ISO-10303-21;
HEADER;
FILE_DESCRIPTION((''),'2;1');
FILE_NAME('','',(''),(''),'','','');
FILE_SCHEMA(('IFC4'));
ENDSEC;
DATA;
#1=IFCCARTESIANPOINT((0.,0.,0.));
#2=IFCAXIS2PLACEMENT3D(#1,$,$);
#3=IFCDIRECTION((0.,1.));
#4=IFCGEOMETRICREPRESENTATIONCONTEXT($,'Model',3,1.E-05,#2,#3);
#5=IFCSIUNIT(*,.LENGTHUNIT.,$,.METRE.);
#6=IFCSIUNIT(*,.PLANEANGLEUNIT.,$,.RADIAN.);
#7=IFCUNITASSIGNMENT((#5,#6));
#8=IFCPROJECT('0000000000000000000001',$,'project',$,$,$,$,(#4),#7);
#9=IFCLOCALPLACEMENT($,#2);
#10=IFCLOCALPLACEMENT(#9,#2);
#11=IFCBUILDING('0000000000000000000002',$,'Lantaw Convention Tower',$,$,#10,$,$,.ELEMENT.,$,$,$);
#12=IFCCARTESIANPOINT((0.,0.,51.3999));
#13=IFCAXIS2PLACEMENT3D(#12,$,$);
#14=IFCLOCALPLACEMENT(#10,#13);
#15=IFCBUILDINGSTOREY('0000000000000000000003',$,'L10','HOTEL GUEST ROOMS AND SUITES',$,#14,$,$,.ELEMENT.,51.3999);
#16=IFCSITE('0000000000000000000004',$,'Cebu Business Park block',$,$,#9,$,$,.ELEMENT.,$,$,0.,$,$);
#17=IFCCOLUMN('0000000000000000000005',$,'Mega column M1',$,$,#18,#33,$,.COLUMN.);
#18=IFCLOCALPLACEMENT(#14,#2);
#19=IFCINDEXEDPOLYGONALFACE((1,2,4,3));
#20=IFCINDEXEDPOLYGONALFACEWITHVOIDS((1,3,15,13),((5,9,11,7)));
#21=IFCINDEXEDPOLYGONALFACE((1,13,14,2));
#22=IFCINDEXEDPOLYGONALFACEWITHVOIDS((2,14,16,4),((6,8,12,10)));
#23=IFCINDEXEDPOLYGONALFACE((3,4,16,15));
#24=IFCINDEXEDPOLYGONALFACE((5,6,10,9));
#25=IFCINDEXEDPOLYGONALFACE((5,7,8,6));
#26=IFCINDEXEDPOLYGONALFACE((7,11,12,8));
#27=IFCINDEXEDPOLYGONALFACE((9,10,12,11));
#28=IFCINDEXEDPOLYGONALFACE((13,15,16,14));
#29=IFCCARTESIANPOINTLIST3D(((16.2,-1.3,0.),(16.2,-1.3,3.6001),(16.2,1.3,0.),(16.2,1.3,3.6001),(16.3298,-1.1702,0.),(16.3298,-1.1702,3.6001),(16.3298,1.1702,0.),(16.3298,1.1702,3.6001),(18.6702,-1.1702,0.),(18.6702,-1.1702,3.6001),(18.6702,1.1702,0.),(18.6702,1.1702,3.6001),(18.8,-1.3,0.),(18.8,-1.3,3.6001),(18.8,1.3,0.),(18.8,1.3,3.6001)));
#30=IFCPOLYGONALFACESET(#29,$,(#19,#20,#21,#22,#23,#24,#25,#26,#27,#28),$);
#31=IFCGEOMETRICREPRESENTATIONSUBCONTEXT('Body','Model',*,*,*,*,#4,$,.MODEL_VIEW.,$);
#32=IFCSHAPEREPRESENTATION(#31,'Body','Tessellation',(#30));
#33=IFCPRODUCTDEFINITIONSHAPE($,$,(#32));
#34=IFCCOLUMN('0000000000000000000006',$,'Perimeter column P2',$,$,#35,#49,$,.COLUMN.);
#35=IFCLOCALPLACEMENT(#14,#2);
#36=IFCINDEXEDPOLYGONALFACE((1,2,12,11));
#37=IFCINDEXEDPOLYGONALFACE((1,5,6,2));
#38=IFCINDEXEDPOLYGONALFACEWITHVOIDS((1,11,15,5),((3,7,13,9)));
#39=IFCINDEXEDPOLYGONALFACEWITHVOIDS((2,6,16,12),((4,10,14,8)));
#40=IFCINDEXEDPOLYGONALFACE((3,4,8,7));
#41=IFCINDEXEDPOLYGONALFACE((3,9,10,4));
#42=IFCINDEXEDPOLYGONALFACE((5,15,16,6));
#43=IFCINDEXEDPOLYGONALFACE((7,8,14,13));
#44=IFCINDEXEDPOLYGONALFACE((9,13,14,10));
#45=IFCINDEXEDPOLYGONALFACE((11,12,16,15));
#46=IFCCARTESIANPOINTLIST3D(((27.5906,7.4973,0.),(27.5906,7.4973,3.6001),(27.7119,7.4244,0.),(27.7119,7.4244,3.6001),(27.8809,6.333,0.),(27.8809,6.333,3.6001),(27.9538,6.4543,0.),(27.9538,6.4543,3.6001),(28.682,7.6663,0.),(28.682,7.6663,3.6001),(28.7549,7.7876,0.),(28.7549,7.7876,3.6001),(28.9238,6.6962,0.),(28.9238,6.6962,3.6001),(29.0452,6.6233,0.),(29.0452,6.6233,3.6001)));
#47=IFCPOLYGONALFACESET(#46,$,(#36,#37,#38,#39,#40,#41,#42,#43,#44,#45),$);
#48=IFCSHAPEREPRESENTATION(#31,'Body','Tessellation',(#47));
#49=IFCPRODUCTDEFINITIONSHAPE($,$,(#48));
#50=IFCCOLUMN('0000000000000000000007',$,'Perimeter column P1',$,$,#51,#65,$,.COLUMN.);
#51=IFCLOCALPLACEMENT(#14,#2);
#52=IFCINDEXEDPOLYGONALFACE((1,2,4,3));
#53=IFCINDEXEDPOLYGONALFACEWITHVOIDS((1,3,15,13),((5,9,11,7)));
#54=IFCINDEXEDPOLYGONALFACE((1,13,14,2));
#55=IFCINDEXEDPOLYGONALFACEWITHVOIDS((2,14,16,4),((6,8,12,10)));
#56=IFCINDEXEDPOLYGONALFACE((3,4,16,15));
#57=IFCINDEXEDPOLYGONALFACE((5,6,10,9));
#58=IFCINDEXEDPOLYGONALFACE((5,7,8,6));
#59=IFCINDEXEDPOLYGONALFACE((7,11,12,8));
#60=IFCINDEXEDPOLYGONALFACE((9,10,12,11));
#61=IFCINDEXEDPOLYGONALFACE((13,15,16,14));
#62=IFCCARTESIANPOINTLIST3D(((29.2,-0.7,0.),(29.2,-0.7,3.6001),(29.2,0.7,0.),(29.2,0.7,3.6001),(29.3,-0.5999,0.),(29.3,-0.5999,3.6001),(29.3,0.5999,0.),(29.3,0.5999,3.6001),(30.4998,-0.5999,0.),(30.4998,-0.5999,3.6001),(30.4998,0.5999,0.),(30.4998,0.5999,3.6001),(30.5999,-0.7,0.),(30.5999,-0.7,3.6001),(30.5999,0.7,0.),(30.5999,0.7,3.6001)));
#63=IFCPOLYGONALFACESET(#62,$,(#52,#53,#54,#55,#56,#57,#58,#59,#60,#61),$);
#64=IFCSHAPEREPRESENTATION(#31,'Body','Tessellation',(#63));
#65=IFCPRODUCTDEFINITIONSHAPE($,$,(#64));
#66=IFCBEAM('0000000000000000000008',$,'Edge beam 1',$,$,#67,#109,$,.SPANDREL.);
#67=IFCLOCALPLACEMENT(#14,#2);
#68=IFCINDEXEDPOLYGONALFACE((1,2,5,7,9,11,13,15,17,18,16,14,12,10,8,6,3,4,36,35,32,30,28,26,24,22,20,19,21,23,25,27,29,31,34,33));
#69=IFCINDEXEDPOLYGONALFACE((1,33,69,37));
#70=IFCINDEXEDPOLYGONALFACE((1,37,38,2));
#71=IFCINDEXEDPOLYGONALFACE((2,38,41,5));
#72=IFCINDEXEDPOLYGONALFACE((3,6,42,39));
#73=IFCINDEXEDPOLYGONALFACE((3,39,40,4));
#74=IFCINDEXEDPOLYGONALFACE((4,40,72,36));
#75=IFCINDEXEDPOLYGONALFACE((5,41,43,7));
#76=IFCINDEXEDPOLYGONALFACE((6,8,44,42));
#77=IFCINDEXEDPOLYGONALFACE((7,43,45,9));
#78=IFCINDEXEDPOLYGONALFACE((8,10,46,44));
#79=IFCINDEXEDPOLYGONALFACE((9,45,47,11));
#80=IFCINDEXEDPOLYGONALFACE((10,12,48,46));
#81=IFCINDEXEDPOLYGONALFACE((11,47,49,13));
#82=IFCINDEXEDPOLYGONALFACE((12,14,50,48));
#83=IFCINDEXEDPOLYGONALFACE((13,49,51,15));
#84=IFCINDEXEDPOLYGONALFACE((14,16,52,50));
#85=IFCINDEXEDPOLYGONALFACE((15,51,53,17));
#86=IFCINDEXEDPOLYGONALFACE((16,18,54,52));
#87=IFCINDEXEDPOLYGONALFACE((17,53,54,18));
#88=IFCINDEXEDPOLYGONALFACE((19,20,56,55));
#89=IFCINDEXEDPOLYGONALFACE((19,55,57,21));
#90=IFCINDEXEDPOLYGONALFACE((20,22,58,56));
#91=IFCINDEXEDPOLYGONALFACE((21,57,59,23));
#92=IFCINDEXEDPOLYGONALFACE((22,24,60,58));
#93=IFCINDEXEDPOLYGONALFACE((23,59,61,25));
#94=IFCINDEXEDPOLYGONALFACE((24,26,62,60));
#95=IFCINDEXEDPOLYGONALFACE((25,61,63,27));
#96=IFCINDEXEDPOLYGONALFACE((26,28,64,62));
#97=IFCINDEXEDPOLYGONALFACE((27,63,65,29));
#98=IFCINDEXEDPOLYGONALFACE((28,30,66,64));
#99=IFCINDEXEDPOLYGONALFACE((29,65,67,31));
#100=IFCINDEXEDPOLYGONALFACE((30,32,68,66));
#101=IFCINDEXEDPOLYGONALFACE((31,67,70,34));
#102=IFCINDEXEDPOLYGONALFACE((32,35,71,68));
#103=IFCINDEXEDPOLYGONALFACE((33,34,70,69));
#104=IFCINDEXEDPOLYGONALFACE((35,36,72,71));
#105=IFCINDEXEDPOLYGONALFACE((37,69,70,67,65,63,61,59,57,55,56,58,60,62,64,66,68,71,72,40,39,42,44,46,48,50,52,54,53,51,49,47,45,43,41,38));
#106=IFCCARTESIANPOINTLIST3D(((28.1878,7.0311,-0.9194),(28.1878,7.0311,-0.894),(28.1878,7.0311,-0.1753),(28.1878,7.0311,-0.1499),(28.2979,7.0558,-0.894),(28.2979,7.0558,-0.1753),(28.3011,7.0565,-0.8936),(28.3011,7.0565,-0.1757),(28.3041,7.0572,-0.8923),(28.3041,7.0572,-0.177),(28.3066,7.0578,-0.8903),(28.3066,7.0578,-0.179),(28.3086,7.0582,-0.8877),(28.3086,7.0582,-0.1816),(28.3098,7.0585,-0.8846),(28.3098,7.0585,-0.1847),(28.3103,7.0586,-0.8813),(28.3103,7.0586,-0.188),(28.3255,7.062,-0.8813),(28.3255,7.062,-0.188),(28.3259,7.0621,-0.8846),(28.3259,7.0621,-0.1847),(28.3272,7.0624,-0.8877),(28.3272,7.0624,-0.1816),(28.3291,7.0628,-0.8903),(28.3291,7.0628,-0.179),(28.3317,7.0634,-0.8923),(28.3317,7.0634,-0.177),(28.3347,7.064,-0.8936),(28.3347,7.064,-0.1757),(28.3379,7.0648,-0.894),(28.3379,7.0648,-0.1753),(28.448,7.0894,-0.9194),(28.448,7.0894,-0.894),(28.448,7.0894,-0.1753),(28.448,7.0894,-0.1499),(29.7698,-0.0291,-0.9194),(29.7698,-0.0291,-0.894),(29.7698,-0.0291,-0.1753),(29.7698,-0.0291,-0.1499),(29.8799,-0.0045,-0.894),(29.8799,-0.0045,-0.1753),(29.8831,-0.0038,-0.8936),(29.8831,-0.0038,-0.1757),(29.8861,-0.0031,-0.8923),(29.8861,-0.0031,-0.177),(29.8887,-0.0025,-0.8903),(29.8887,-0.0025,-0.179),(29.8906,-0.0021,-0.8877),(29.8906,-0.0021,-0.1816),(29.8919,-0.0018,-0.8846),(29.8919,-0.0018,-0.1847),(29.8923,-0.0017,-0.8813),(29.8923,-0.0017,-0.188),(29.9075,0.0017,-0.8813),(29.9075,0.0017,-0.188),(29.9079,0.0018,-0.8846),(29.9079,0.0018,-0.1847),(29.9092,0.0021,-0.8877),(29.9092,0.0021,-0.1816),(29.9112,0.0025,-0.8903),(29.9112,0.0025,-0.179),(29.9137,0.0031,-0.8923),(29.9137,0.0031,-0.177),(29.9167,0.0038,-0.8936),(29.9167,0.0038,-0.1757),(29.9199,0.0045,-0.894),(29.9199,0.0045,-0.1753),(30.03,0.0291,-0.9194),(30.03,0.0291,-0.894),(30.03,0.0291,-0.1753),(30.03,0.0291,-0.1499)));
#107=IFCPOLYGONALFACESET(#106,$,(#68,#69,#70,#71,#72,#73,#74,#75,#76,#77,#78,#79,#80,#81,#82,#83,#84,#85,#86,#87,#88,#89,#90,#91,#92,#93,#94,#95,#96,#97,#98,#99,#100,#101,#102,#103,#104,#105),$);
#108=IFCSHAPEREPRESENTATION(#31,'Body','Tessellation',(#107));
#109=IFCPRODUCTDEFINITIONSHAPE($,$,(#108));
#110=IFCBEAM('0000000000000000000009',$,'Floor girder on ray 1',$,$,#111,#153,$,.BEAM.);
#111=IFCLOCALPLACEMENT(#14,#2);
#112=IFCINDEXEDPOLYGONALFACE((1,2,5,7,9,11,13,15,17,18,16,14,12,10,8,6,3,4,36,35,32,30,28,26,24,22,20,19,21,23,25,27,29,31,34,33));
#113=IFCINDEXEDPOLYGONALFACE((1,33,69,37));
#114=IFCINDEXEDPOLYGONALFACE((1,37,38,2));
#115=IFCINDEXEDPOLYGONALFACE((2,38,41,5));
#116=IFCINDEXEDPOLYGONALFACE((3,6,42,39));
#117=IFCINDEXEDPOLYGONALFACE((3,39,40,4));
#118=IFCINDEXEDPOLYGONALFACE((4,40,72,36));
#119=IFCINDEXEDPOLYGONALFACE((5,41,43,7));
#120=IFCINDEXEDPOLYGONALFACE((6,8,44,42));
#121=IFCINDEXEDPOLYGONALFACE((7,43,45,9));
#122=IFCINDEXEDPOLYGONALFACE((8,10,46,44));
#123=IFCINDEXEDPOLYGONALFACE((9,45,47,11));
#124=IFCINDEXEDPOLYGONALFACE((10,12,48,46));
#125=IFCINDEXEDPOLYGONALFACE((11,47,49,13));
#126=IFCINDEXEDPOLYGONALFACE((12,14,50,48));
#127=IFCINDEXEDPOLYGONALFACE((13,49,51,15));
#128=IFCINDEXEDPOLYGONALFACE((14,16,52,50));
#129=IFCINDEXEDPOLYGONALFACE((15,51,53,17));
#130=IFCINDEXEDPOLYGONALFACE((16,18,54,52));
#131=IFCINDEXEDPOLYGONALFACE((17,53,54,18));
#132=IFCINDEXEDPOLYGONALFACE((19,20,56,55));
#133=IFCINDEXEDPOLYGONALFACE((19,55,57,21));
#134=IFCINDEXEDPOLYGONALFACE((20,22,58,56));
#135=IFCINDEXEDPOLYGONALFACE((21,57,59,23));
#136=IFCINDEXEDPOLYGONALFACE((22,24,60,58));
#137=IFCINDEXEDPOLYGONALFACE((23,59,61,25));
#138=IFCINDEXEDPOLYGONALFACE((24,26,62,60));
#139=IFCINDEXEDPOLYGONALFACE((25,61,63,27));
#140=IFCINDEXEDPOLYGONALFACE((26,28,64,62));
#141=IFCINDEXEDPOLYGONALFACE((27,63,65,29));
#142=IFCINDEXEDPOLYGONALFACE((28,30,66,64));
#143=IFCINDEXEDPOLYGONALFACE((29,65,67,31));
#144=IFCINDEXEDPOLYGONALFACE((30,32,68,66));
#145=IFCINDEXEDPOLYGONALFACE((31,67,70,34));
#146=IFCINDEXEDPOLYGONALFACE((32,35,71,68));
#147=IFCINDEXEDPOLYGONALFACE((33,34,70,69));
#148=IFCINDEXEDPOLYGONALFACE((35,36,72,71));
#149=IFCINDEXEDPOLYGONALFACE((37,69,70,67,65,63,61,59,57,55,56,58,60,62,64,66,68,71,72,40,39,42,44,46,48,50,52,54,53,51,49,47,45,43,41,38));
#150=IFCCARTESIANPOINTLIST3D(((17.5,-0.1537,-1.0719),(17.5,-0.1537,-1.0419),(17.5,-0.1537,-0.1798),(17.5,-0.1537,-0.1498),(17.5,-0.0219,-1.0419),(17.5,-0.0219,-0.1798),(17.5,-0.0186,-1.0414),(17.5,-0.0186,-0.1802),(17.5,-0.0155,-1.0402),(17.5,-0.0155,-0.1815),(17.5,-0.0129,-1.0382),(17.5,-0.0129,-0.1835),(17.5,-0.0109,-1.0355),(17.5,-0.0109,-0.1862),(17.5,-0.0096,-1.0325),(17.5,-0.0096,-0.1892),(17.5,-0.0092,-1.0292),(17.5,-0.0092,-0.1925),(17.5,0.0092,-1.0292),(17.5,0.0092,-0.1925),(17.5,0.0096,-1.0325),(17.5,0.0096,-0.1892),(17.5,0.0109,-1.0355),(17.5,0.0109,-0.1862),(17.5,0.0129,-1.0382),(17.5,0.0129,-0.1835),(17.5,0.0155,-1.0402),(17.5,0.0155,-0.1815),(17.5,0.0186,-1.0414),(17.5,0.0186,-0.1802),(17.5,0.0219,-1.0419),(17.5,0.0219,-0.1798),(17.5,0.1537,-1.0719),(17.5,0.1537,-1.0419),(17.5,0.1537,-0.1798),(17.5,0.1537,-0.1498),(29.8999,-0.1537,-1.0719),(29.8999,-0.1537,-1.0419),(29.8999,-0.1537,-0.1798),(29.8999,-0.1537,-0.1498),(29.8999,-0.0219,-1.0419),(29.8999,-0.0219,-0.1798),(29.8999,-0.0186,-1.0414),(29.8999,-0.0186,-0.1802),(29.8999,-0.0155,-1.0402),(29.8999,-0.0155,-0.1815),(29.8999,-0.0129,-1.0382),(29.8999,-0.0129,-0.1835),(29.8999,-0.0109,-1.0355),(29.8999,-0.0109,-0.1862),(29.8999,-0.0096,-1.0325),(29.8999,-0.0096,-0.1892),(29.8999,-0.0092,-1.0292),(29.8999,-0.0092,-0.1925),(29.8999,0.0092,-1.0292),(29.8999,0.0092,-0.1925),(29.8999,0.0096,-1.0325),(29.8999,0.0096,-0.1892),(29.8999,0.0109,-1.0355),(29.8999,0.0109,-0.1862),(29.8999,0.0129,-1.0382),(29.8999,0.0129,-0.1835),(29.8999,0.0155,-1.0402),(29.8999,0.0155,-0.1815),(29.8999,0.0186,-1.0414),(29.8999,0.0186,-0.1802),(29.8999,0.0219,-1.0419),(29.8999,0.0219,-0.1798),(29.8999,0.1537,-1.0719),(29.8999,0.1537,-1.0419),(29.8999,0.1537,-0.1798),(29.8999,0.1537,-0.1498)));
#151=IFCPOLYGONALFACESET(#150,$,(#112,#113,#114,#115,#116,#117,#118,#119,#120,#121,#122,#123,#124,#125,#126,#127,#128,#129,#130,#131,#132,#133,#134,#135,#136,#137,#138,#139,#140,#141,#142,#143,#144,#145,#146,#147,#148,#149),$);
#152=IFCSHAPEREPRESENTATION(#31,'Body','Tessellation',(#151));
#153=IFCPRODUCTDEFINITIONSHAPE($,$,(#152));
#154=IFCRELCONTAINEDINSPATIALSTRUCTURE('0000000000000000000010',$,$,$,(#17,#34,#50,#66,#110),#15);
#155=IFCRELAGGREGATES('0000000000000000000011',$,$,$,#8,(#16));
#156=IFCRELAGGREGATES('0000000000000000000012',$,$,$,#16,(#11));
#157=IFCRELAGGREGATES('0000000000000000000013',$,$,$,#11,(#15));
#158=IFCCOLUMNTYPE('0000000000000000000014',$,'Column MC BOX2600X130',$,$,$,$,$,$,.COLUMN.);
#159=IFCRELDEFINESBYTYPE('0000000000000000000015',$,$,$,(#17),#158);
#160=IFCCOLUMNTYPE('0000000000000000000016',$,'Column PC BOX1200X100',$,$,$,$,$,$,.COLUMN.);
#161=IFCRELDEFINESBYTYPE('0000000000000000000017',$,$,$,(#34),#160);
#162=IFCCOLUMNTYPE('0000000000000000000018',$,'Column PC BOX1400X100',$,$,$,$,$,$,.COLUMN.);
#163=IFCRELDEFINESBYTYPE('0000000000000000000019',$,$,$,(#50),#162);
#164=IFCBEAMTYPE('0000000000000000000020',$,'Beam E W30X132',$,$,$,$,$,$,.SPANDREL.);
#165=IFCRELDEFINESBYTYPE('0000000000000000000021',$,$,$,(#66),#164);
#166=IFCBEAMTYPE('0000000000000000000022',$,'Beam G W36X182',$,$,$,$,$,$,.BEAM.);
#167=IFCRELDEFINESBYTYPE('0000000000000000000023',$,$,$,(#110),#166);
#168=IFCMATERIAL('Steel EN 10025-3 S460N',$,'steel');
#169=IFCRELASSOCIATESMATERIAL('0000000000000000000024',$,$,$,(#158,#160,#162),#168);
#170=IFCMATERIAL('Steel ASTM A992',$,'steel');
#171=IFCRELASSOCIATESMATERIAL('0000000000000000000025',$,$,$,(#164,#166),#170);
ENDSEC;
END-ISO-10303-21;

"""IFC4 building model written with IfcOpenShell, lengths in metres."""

from ifc_helpers import new_model, si_unit, direction, frame, origin, origin_2d, place, context, subcontext, project, spatial, rectangle, hollow_rectangle, i_section, extrude, material, material_profile, profile_set, type_object, element, save


model = new_model("IFC4")

# Units and contexts
model_context = context("Model", 3, precision=1e-05, world=origin(), true_north=direction((0.0, 1.0)))
body_context = subcontext(model_context, "Body", "Model", "MODEL_VIEW")
ifc_project = project(units=[si_unit("LENGTHUNIT", "METRE"), si_unit("PLANEANGLEUNIT", "RADIAN")], contexts=[model_context])

# Site, building, storey
site_placement = place(None, origin())
site = spatial("IfcSite", under=ifc_project, at=site_placement, Name="Cebu Business Park block", CompositionType="ELEMENT", RefElevation=0.0)
building_placement = place(site_placement, origin())
building = spatial("IfcBuilding", under=site, at=building_placement, Name="Lantaw Convention Tower", CompositionType="ELEMENT")
storey_placement = place(building_placement, frame((0.0, 0.0, 51.3999)))
storey = spatial("IfcBuildingStorey", under=building, at=storey_placement, Name="L10", Description="HOTEL GUEST ROOMS AND SUITES", CompositionType="ELEMENT", Elevation=51.3999)

# Columns
ifc_material_1 = material(Name="Steel EN 10025-3 S460N", Category="steel")
ifc_material_profile_1 = material_profile(ifc_material_1, hollow_rectangle(XDim=2.6001, YDim=2.6001, WallThickness=0.1299, at=origin_2d()), Name="BOX2600X130")
ifc_material_2 = material(Name="Concrete C60/75", Category="concrete")
ifc_material_profile_2 = material_profile(ifc_material_2, rectangle(XDim=2.3401, YDim=2.3401, at=origin_2d()), Name="Concrete fill of BOX2600X130")
ifc_profile_set_1 = profile_set([ifc_material_profile_1, ifc_material_profile_2], Name="Steel EN 10025-3 S460N")
column_type_1 = type_object("IfcColumnType", Name="Column MC BOX2600X130", PredefinedType="COLUMN", material=ifc_profile_set_1)
column_1_placement = place(storey_placement, frame((17.5, 0.0, 0.0), z_axis=(0.0, 0.0, 1.0), x_axis=(1.0, 0.0, 0.0)))
element("IfcColumn", 1, at=column_1_placement, inside=storey, type_object=column_type_1, Name="Mega column M1", PredefinedType="COLUMN", context=body_context, shape_type="SweptSolid", body=[
    extrude(hollow_rectangle(XDim=2.6001, YDim=2.6001, WallThickness=0.1299, at=origin_2d()), origin(), (0.0, 0.0, 1.0), 3.6001),
])
ifc_material_profile_3 = material_profile(ifc_material_1, hollow_rectangle(XDim=1.2, YDim=1.2, WallThickness=0.1001, at=origin_2d()), Name="BOX1200X100")
ifc_material_profile_4 = material_profile(ifc_material_2, rectangle(XDim=1.0, YDim=1.0, at=origin_2d()), Name="Concrete fill of BOX1200X100")
ifc_profile_set_2 = profile_set([ifc_material_profile_3, ifc_material_profile_4], Name="Steel EN 10025-3 S460N")
column_type_2 = type_object("IfcColumnType", Name="Column PC BOX1200X100", PredefinedType="COLUMN", material=ifc_profile_set_2)
column_2_placement = place(storey_placement, frame((28.3179, 7.0603, 0.0), z_axis=(0.0, 0.0, 1.0), x_axis=(0.970296, 0.241922, 0.0)))
element("IfcColumn", 2, at=column_2_placement, inside=storey, type_object=column_type_2, Name="Perimeter column P2", PredefinedType="COLUMN", context=body_context, shape_type="SweptSolid", body=[
    extrude(hollow_rectangle(XDim=1.2, YDim=1.2, WallThickness=0.1001, at=origin_2d()), origin(), (0.0, 0.0, 1.0), 3.6001),
])
ifc_material_profile_5 = material_profile(ifc_material_1, hollow_rectangle(XDim=1.3999, YDim=1.3999, WallThickness=0.1001, at=origin_2d()), Name="BOX1400X100")
ifc_material_profile_6 = material_profile(ifc_material_2, rectangle(XDim=1.2, YDim=1.2, at=origin_2d()), Name="Concrete fill of BOX1400X100")
ifc_profile_set_3 = profile_set([ifc_material_profile_5, ifc_material_profile_6], Name="Steel EN 10025-3 S460N")
column_type_3 = type_object("IfcColumnType", Name="Column PC BOX1400X100", PredefinedType="COLUMN", material=ifc_profile_set_3)
column_3_placement = place(storey_placement, frame((29.8999, 0.0, 0.0), z_axis=(0.0, 0.0, 1.0), x_axis=(1.0, 0.0, 0.0)))
element("IfcColumn", 3, at=column_3_placement, inside=storey, type_object=column_type_3, Name="Perimeter column P1", PredefinedType="COLUMN", context=body_context, shape_type="SweptSolid", body=[
    extrude(hollow_rectangle(XDim=1.3999, YDim=1.3999, WallThickness=0.1001, at=origin_2d()), origin(), (0.0, 0.0, 1.0), 3.6001),
])

# Beams
ifc_material_3 = material(Name="Steel ASTM A992", Category="steel")
ifc_material_profile_7 = material_profile(ifc_material_3, i_section(OverallWidth=0.2666, OverallDepth=0.7695, WebThickness=0.0156, FlangeThickness=0.0254, FilletRadius=0.0127, at=origin_2d()), Name="W30X132")
ifc_profile_set_4 = profile_set([ifc_material_profile_7], Name="Steel ASTM A992")
beam_type_1 = type_object("IfcBeamType", Name="Beam E W30X132", PredefinedType="SPANDREL", material=ifc_profile_set_4)
beam_1_placement = place(storey_placement, frame((29.8999, 0.0, -0.5347), z_axis=(-0.218652, 0.975803, 0.0), x_axis=(-0.975803, -0.218652, 0.0)))
element("IfcBeam", 4, at=beam_1_placement, inside=storey, type_object=beam_type_1, Name="Edge beam 1", PredefinedType="SPANDREL", context=body_context, shape_type="SweptSolid", body=[
    extrude(i_section(OverallWidth=0.2666, OverallDepth=0.7695, WebThickness=0.0156, FlangeThickness=0.0254, FilletRadius=0.0127, at=origin_2d()), origin(), (0.0, 0.0, 1.0), 7.2354),
])
ifc_material_profile_8 = material_profile(ifc_material_3, i_section(OverallWidth=0.3074, OverallDepth=0.9221, WebThickness=0.0183, FlangeThickness=0.03, FilletRadius=0.0127, at=origin_2d()), Name="W36X182")
ifc_profile_set_5 = profile_set([ifc_material_profile_8], Name="Steel ASTM A992")
beam_type_2 = type_object("IfcBeamType", Name="Beam G W36X182", PredefinedType="BEAM", material=ifc_profile_set_5)
beam_2_placement = place(storey_placement, frame((17.5, 0.0, -0.6108), z_axis=(1.0, 0.0, 0.0), x_axis=(0.0, 1.0, 0.0)))
element("IfcBeam", 5, at=beam_2_placement, inside=storey, type_object=beam_type_2, Name="Floor girder on ray 1", PredefinedType="BEAM", context=body_context, shape_type="SweptSolid", body=[
    extrude(i_section(OverallWidth=0.3074, OverallDepth=0.9221, WebThickness=0.0183, FlangeThickness=0.03, FilletRadius=0.0127, at=origin_2d()), origin(), (0.0, 0.0, 1.0), 12.3999),
])

save(model, "model.ifc")
